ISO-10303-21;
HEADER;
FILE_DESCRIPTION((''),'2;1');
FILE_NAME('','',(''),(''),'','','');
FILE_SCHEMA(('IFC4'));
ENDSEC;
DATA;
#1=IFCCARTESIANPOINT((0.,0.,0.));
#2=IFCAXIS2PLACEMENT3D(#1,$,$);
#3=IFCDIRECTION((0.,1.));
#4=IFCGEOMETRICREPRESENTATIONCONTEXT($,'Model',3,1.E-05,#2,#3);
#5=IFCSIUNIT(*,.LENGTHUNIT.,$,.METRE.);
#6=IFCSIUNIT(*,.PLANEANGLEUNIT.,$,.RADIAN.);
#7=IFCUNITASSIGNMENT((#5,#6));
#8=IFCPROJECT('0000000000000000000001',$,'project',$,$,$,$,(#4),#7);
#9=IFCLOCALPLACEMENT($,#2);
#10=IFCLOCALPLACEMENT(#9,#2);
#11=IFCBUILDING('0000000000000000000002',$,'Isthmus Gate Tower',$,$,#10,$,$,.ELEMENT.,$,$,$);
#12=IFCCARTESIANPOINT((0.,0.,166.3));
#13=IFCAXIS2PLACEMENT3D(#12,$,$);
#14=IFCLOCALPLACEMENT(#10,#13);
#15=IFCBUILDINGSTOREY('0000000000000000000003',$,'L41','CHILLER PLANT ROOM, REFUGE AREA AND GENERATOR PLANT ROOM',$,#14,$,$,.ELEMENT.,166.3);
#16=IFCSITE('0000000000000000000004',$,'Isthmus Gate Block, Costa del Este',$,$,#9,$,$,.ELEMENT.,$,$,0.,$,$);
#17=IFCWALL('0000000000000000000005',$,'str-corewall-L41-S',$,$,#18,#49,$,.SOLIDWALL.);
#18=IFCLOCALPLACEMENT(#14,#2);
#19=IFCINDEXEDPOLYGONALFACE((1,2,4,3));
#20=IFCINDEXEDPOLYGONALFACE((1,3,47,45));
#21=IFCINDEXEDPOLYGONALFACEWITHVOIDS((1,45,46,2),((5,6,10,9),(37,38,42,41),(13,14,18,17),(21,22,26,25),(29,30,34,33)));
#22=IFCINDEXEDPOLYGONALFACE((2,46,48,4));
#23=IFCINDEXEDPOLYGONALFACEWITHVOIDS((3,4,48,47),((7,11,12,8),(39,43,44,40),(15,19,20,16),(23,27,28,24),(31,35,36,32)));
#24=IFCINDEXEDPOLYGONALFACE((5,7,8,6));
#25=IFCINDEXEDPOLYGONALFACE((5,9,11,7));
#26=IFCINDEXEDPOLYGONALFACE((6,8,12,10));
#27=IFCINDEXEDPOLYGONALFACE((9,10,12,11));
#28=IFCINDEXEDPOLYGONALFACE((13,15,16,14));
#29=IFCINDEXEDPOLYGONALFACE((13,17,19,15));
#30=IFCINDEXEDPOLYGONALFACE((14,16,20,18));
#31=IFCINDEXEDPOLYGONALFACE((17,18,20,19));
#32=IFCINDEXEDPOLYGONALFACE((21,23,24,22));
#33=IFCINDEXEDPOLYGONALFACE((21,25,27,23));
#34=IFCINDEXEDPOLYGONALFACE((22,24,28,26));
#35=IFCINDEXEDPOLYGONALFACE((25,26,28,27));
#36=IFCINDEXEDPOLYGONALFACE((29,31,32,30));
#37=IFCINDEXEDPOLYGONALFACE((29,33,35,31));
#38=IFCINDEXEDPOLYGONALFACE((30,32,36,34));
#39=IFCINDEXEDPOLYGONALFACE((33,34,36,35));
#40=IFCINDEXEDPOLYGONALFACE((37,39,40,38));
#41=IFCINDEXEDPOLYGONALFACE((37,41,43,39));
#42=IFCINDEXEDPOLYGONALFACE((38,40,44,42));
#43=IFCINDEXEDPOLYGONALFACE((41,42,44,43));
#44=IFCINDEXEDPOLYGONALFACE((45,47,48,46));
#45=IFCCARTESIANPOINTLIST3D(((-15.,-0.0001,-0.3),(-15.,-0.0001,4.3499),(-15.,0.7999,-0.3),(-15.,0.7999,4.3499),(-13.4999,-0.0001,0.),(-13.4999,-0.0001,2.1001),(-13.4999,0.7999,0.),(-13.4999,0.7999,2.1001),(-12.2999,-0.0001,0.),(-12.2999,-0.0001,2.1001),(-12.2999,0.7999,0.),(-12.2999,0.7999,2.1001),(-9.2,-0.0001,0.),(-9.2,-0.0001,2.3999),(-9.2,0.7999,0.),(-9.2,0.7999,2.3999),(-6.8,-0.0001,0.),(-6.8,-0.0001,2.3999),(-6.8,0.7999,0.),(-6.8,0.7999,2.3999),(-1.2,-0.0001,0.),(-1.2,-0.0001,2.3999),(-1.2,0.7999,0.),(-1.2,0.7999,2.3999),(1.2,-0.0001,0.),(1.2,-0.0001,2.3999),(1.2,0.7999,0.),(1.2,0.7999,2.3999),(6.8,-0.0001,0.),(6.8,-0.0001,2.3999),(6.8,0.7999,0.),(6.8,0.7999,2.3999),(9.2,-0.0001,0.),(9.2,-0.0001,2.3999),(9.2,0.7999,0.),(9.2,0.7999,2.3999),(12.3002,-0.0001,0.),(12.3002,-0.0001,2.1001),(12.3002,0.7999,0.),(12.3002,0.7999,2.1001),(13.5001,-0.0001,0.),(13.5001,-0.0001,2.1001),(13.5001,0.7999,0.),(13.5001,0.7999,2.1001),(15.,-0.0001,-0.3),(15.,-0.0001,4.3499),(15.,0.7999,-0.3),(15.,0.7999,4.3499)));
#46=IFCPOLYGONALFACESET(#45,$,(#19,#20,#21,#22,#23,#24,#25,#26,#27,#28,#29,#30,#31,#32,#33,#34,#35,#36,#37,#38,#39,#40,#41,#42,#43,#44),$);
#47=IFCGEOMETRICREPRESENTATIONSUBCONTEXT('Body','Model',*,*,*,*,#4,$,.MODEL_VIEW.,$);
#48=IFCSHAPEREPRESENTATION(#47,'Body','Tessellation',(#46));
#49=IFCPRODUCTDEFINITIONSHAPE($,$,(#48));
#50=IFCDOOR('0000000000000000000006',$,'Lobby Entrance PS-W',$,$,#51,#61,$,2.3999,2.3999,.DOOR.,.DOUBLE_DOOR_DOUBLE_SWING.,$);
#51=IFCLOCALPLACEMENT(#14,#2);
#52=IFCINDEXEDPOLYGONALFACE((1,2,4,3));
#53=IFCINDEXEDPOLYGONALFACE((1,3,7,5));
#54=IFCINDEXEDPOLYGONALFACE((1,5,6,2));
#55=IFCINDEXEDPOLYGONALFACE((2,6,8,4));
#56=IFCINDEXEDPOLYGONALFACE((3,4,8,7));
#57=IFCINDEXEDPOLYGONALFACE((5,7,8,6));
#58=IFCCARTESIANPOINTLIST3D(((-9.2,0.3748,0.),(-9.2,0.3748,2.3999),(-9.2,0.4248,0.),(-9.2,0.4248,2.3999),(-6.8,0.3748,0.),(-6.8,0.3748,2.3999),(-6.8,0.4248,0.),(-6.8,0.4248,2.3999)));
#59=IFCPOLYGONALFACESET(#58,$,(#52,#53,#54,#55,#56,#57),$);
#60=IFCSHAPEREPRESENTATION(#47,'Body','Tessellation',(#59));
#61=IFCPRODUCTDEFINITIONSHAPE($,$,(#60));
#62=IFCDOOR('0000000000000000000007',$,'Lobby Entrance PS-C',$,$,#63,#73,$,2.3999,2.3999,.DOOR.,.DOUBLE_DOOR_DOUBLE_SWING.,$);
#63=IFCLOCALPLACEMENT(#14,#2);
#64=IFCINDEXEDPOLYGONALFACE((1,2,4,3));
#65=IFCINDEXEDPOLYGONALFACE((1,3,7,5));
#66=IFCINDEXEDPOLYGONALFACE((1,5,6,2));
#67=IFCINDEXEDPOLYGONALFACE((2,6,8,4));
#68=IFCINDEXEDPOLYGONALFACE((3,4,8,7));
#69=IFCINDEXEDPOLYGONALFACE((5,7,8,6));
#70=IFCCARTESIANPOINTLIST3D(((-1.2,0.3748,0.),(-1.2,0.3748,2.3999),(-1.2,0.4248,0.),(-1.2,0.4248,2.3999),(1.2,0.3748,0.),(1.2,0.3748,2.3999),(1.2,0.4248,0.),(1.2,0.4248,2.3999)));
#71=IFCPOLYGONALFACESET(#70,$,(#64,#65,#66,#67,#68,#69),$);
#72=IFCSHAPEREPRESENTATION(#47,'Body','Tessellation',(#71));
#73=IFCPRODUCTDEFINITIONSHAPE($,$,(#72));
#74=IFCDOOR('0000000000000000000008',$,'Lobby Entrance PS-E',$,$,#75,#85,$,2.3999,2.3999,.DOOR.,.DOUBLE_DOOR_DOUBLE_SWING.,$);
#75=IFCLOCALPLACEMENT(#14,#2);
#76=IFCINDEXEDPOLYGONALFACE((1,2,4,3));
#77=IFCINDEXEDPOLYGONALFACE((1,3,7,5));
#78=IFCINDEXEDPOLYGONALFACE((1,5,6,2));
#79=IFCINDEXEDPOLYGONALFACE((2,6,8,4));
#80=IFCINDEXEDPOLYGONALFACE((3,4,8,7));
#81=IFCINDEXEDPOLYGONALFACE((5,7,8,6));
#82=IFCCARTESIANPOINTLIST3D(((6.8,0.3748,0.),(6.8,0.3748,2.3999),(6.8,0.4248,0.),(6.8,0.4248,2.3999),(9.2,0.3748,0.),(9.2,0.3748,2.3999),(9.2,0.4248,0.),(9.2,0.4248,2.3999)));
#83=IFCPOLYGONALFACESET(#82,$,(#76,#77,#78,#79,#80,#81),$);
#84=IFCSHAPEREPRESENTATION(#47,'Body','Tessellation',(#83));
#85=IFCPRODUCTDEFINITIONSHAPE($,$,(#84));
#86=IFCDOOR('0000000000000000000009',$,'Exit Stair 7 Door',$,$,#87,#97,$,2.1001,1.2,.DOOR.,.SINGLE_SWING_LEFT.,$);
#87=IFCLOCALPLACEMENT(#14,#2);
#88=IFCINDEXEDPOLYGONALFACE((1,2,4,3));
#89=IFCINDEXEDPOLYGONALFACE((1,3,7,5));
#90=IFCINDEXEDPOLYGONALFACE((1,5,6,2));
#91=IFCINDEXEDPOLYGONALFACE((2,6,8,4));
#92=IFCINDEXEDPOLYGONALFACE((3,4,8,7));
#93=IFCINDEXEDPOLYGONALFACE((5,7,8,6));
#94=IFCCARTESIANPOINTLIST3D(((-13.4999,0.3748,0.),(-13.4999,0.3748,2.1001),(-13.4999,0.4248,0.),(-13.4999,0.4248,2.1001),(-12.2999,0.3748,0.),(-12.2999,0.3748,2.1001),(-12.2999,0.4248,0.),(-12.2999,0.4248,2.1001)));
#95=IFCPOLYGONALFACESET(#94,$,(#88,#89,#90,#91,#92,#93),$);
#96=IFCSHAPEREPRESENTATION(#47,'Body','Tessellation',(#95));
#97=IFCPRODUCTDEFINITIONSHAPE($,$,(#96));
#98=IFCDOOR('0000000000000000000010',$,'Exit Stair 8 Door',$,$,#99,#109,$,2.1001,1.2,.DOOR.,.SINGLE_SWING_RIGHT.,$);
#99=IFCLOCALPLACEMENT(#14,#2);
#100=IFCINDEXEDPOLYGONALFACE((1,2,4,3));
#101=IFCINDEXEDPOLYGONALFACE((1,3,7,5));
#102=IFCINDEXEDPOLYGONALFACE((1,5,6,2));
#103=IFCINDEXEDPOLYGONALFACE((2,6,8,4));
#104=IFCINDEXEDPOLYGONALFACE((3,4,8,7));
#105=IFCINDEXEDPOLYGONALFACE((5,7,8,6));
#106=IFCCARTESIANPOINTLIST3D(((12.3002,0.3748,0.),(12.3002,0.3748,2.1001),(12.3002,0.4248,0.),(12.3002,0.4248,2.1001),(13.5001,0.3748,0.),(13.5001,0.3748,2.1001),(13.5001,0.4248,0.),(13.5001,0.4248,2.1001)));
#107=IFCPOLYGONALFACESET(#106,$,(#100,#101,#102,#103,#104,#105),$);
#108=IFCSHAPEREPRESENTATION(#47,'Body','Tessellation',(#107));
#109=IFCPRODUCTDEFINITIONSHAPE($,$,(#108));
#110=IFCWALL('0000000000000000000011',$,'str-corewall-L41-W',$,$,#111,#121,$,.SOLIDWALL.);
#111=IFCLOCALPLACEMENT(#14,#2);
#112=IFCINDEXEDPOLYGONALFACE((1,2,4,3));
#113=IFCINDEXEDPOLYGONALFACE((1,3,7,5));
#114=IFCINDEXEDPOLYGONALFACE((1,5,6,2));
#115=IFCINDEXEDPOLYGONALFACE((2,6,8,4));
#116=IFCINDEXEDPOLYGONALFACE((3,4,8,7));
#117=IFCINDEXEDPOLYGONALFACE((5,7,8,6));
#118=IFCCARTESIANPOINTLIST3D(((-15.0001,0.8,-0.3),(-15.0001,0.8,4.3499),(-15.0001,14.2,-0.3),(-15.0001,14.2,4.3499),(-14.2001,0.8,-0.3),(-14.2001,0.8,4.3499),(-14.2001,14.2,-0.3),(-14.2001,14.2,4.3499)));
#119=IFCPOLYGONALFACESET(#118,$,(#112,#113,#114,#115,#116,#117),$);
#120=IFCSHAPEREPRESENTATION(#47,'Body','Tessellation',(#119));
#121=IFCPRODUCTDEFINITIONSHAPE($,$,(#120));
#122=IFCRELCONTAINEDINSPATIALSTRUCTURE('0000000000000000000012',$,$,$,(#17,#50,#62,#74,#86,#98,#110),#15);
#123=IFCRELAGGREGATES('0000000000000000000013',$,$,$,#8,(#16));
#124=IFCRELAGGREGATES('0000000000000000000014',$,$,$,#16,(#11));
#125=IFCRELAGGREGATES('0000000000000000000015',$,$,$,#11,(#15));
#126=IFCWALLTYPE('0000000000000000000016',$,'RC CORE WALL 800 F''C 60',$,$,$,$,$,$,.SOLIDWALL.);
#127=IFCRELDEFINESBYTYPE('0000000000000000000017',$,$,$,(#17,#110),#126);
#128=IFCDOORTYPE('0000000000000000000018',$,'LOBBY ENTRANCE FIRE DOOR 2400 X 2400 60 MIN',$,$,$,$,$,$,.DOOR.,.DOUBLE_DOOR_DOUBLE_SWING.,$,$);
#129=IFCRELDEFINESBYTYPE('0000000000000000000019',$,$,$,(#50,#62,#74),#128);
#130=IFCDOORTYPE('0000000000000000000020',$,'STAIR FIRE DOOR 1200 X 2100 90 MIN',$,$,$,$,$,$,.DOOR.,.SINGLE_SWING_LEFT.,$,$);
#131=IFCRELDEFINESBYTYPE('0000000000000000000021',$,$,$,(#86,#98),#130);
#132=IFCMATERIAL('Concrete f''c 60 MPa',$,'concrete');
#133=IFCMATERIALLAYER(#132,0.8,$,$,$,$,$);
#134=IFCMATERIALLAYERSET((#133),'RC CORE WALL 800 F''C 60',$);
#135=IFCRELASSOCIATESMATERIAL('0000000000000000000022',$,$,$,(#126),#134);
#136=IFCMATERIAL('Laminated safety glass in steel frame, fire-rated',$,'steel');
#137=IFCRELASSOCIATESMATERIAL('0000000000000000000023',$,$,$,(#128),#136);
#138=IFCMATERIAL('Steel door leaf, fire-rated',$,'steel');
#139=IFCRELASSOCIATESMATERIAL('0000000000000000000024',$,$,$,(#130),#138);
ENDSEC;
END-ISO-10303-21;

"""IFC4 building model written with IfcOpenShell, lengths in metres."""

from ifc_helpers import new_model, si_unit, direction, frame, frame_2d, origin, place, context, subcontext, project, spatial, rectangle, extrude, material, layer, layer_set, type_object, element, fill, save


model = new_model("IFC4")

# Units and contexts
model_context = context("Model", 3, precision=1e-05, world=origin(), true_north=direction((0.0, 1.0)))
body_context = subcontext(model_context, "Body", "Model", "MODEL_VIEW")
ifc_project = project(units=[si_unit("LENGTHUNIT", "METRE"), si_unit("PLANEANGLEUNIT", "RADIAN")], contexts=[model_context])

# Site, building, storey
site_placement = place(None, origin())
site = spatial("IfcSite", under=ifc_project, at=site_placement, Name="Isthmus Gate Block, Costa del Este", CompositionType="ELEMENT", RefElevation=0.0)
building_placement = place(site_placement, origin())
building = spatial("IfcBuilding", under=site, at=building_placement, Name="Isthmus Gate Tower", CompositionType="ELEMENT")
storey_placement = place(building_placement, frame((0.0, 0.0, 166.3)))
storey = spatial("IfcBuildingStorey", under=building, at=storey_placement, Name="L41", Description="CHILLER PLANT ROOM, REFUGE AREA AND GENERATOR PLANT ROOM", CompositionType="ELEMENT", Elevation=166.3)

# Wall, openings, doors
ifc_material_1 = material(Name="Concrete f'c 60 MPa", Category="concrete")
ifc_layer_1 = layer(ifc_material_1, 0.8)
ifc_layer_set_1 = layer_set([ifc_layer_1], Name="RC CORE WALL 800 F'C 60")
wall_type_1 = type_object("IfcWallType", Name="RC CORE WALL 800 F'C 60", PredefinedType="SOLIDWALL", material=ifc_layer_set_1)
wall_1_placement = place(storey_placement, frame((-15.0, 0.3999, -0.3), z_axis=(0.0, 0.0, 1.0), x_axis=(1.0, 0.0, 0.0)))
wall_1 = element("IfcWall", 1, at=wall_1_placement, inside=storey, type_object=wall_type_1, Name="str-corewall-L41-S", PredefinedType="SOLIDWALL", context=body_context, shape_type="SweptSolid", body=[
    extrude(rectangle(XDim=30.0, YDim=0.8, at=frame_2d((15.0, 0.0))), origin(), (0.0, 0.0, 1.0), 4.6499),
])
opening_1_placement = place(wall_1_placement, frame((5.8, 0.0, 0.3)))
opening_1 = element("IfcOpeningElement", 2, at=opening_1_placement, cuts=wall_1, PredefinedType="OPENING", context=body_context, shape_type="SweptSolid", body=[
    extrude(rectangle(XDim=2.3999, YDim=2.3999, at=frame_2d((1.2, 1.2))), frame((0.0, 0.4099, 0.0), z_axis=(0.0, -1.0, 0.0), x_axis=(1.0, 0.0, 0.0)), (0.0, 0.0, 1.0), 0.8201),
])
opening_2_placement = place(wall_1_placement, frame((13.8, 0.0, 0.3)))
opening_2 = element("IfcOpeningElement", 3, at=opening_2_placement, cuts=wall_1, PredefinedType="OPENING", context=body_context, shape_type="SweptSolid", body=[
    extrude(rectangle(XDim=2.3999, YDim=2.3999, at=frame_2d((1.2, 1.2))), frame((0.0, 0.4099, 0.0), z_axis=(0.0, -1.0, 0.0), x_axis=(1.0, 0.0, 0.0)), (0.0, 0.0, 1.0), 0.8201),
])
opening_3_placement = place(wall_1_placement, frame((21.8, 0.0, 0.3)))
opening_3 = element("IfcOpeningElement", 4, at=opening_3_placement, cuts=wall_1, PredefinedType="OPENING", context=body_context, shape_type="SweptSolid", body=[
    extrude(rectangle(XDim=2.3999, YDim=2.3999, at=frame_2d((1.2, 1.2))), frame((0.0, 0.4099, 0.0), z_axis=(0.0, -1.0, 0.0), x_axis=(1.0, 0.0, 0.0)), (0.0, 0.0, 1.0), 0.8201),
])
opening_4_placement = place(wall_1_placement, frame((1.5, 0.0, 0.3)))
opening_4 = element("IfcOpeningElement", 5, at=opening_4_placement, cuts=wall_1, PredefinedType="OPENING", context=body_context, shape_type="SweptSolid", body=[
    extrude(rectangle(XDim=1.2, YDim=2.1001, at=frame_2d((0.6001, 1.05))), frame((0.0, 0.4099, 0.0), z_axis=(0.0, -1.0, 0.0), x_axis=(1.0, 0.0, 0.0)), (0.0, 0.0, 1.0), 0.8201),
])
opening_5_placement = place(wall_1_placement, frame((27.3, 0.0, 0.3)))
opening_5 = element("IfcOpeningElement", 6, at=opening_5_placement, cuts=wall_1, PredefinedType="OPENING", context=body_context, shape_type="SweptSolid", body=[
    extrude(rectangle(XDim=1.2, YDim=2.1001, at=frame_2d((0.6001, 1.05))), frame((0.0, 0.4099, 0.0), z_axis=(0.0, -1.0, 0.0), x_axis=(1.0, 0.0, 0.0)), (0.0, 0.0, 1.0), 0.8201),
])
ifc_material_2 = material(Name="Laminated safety glass in steel frame, fire-rated", Category="steel")
door_type_1 = type_object("IfcDoorType", Name="LOBBY ENTRANCE FIRE DOOR 2400 X 2400 60 MIN", OperationType="DOUBLE_DOOR_DOUBLE_SWING", PredefinedType="DOOR", material=ifc_material_2)
door_1_placement = place(opening_1_placement, origin())
door_1 = element("IfcDoor", 7, at=door_1_placement, inside=storey, type_object=door_type_1, Name="Lobby Entrance PS-W", OperationType="DOUBLE_DOOR_DOUBLE_SWING", OverallHeight=2.3999, OverallWidth=2.3999, PredefinedType="DOOR", context=body_context, shape_type="SweptSolid", body=[
    extrude(rectangle(XDim=2.3999, YDim=2.3999, at=frame_2d((1.2, 1.2))), frame((0.0, 0.0249, 0.0), z_axis=(0.0, -1.0, 0.0), x_axis=(1.0, 0.0, 0.0)), (0.0, 0.0, 1.0), 0.05),
])
fill(opening_1, door_1)
door_2_placement = place(opening_2_placement, origin())
door_2 = element("IfcDoor", 8, at=door_2_placement, inside=storey, type_object=door_type_1, Name="Lobby Entrance PS-C", OperationType="DOUBLE_DOOR_DOUBLE_SWING", OverallHeight=2.3999, OverallWidth=2.3999, PredefinedType="DOOR", context=body_context, shape_type="SweptSolid", body=[
    extrude(rectangle(XDim=2.3999, YDim=2.3999, at=frame_2d((1.2, 1.2))), frame((0.0, 0.0249, 0.0), z_axis=(0.0, -1.0, 0.0), x_axis=(1.0, 0.0, 0.0)), (0.0, 0.0, 1.0), 0.05),
])
fill(opening_2, door_2)
door_3_placement = place(opening_3_placement, origin())
door_3 = element("IfcDoor", 9, at=door_3_placement, inside=storey, type_object=door_type_1, Name="Lobby Entrance PS-E", OperationType="DOUBLE_DOOR_DOUBLE_SWING", OverallHeight=2.3999, OverallWidth=2.3999, PredefinedType="DOOR", context=body_context, shape_type="SweptSolid", body=[
    extrude(rectangle(XDim=2.3999, YDim=2.3999, at=frame_2d((1.2, 1.2))), frame((0.0, 0.0249, 0.0), z_axis=(0.0, -1.0, 0.0), x_axis=(1.0, 0.0, 0.0)), (0.0, 0.0, 1.0), 0.05),
])
fill(opening_3, door_3)
ifc_material_3 = material(Name="Steel door leaf, fire-rated", Category="steel")
door_type_2 = type_object("IfcDoorType", Name="STAIR FIRE DOOR 1200 X 2100 90 MIN", OperationType="SINGLE_SWING_LEFT", PredefinedType="DOOR", material=ifc_material_3)
door_4_placement = place(opening_4_placement, origin())
door_4 = element("IfcDoor", 10, at=door_4_placement, inside=storey, type_object=door_type_2, Name="Exit Stair 7 Door", OperationType="SINGLE_SWING_LEFT", OverallHeight=2.1001, OverallWidth=1.2, PredefinedType="DOOR", context=body_context, shape_type="SweptSolid", body=[
    extrude(rectangle(XDim=1.2, YDim=2.1001, at=frame_2d((0.6001, 1.05))), frame((0.0, 0.0249, 0.0), z_axis=(0.0, -1.0, 0.0), x_axis=(1.0, 0.0, 0.0)), (0.0, 0.0, 1.0), 0.05),
])
fill(opening_4, door_4)
door_5_placement = place(opening_5_placement, origin())
door_5 = element("IfcDoor", 11, at=door_5_placement, inside=storey, type_object=door_type_2, Name="Exit Stair 8 Door", OperationType="SINGLE_SWING_RIGHT", OverallHeight=2.1001, OverallWidth=1.2, PredefinedType="DOOR", context=body_context, shape_type="SweptSolid", body=[
    extrude(rectangle(XDim=1.2, YDim=2.1001, at=frame_2d((0.6001, 1.05))), frame((0.0, 0.0249, 0.0), z_axis=(0.0, -1.0, 0.0), x_axis=(1.0, 0.0, 0.0)), (0.0, 0.0, 1.0), 0.05),
])
fill(opening_5, door_5)

# Wall
wall_2_placement = place(storey_placement, frame((-14.6001, 0.8, -0.3), z_axis=(0.0, 0.0, 1.0), x_axis=(0.0, 1.0, 0.0)))
element("IfcWall", 12, at=wall_2_placement, inside=storey, type_object=wall_type_1, Name="str-corewall-L41-W", PredefinedType="SOLIDWALL", context=body_context, shape_type="SweptSolid", body=[
    extrude(rectangle(XDim=13.3999, YDim=0.8, at=frame_2d((6.7, 0.0))), origin(), (0.0, 0.0, 1.0), 4.6499),
])

save(model, "model.ifc")
